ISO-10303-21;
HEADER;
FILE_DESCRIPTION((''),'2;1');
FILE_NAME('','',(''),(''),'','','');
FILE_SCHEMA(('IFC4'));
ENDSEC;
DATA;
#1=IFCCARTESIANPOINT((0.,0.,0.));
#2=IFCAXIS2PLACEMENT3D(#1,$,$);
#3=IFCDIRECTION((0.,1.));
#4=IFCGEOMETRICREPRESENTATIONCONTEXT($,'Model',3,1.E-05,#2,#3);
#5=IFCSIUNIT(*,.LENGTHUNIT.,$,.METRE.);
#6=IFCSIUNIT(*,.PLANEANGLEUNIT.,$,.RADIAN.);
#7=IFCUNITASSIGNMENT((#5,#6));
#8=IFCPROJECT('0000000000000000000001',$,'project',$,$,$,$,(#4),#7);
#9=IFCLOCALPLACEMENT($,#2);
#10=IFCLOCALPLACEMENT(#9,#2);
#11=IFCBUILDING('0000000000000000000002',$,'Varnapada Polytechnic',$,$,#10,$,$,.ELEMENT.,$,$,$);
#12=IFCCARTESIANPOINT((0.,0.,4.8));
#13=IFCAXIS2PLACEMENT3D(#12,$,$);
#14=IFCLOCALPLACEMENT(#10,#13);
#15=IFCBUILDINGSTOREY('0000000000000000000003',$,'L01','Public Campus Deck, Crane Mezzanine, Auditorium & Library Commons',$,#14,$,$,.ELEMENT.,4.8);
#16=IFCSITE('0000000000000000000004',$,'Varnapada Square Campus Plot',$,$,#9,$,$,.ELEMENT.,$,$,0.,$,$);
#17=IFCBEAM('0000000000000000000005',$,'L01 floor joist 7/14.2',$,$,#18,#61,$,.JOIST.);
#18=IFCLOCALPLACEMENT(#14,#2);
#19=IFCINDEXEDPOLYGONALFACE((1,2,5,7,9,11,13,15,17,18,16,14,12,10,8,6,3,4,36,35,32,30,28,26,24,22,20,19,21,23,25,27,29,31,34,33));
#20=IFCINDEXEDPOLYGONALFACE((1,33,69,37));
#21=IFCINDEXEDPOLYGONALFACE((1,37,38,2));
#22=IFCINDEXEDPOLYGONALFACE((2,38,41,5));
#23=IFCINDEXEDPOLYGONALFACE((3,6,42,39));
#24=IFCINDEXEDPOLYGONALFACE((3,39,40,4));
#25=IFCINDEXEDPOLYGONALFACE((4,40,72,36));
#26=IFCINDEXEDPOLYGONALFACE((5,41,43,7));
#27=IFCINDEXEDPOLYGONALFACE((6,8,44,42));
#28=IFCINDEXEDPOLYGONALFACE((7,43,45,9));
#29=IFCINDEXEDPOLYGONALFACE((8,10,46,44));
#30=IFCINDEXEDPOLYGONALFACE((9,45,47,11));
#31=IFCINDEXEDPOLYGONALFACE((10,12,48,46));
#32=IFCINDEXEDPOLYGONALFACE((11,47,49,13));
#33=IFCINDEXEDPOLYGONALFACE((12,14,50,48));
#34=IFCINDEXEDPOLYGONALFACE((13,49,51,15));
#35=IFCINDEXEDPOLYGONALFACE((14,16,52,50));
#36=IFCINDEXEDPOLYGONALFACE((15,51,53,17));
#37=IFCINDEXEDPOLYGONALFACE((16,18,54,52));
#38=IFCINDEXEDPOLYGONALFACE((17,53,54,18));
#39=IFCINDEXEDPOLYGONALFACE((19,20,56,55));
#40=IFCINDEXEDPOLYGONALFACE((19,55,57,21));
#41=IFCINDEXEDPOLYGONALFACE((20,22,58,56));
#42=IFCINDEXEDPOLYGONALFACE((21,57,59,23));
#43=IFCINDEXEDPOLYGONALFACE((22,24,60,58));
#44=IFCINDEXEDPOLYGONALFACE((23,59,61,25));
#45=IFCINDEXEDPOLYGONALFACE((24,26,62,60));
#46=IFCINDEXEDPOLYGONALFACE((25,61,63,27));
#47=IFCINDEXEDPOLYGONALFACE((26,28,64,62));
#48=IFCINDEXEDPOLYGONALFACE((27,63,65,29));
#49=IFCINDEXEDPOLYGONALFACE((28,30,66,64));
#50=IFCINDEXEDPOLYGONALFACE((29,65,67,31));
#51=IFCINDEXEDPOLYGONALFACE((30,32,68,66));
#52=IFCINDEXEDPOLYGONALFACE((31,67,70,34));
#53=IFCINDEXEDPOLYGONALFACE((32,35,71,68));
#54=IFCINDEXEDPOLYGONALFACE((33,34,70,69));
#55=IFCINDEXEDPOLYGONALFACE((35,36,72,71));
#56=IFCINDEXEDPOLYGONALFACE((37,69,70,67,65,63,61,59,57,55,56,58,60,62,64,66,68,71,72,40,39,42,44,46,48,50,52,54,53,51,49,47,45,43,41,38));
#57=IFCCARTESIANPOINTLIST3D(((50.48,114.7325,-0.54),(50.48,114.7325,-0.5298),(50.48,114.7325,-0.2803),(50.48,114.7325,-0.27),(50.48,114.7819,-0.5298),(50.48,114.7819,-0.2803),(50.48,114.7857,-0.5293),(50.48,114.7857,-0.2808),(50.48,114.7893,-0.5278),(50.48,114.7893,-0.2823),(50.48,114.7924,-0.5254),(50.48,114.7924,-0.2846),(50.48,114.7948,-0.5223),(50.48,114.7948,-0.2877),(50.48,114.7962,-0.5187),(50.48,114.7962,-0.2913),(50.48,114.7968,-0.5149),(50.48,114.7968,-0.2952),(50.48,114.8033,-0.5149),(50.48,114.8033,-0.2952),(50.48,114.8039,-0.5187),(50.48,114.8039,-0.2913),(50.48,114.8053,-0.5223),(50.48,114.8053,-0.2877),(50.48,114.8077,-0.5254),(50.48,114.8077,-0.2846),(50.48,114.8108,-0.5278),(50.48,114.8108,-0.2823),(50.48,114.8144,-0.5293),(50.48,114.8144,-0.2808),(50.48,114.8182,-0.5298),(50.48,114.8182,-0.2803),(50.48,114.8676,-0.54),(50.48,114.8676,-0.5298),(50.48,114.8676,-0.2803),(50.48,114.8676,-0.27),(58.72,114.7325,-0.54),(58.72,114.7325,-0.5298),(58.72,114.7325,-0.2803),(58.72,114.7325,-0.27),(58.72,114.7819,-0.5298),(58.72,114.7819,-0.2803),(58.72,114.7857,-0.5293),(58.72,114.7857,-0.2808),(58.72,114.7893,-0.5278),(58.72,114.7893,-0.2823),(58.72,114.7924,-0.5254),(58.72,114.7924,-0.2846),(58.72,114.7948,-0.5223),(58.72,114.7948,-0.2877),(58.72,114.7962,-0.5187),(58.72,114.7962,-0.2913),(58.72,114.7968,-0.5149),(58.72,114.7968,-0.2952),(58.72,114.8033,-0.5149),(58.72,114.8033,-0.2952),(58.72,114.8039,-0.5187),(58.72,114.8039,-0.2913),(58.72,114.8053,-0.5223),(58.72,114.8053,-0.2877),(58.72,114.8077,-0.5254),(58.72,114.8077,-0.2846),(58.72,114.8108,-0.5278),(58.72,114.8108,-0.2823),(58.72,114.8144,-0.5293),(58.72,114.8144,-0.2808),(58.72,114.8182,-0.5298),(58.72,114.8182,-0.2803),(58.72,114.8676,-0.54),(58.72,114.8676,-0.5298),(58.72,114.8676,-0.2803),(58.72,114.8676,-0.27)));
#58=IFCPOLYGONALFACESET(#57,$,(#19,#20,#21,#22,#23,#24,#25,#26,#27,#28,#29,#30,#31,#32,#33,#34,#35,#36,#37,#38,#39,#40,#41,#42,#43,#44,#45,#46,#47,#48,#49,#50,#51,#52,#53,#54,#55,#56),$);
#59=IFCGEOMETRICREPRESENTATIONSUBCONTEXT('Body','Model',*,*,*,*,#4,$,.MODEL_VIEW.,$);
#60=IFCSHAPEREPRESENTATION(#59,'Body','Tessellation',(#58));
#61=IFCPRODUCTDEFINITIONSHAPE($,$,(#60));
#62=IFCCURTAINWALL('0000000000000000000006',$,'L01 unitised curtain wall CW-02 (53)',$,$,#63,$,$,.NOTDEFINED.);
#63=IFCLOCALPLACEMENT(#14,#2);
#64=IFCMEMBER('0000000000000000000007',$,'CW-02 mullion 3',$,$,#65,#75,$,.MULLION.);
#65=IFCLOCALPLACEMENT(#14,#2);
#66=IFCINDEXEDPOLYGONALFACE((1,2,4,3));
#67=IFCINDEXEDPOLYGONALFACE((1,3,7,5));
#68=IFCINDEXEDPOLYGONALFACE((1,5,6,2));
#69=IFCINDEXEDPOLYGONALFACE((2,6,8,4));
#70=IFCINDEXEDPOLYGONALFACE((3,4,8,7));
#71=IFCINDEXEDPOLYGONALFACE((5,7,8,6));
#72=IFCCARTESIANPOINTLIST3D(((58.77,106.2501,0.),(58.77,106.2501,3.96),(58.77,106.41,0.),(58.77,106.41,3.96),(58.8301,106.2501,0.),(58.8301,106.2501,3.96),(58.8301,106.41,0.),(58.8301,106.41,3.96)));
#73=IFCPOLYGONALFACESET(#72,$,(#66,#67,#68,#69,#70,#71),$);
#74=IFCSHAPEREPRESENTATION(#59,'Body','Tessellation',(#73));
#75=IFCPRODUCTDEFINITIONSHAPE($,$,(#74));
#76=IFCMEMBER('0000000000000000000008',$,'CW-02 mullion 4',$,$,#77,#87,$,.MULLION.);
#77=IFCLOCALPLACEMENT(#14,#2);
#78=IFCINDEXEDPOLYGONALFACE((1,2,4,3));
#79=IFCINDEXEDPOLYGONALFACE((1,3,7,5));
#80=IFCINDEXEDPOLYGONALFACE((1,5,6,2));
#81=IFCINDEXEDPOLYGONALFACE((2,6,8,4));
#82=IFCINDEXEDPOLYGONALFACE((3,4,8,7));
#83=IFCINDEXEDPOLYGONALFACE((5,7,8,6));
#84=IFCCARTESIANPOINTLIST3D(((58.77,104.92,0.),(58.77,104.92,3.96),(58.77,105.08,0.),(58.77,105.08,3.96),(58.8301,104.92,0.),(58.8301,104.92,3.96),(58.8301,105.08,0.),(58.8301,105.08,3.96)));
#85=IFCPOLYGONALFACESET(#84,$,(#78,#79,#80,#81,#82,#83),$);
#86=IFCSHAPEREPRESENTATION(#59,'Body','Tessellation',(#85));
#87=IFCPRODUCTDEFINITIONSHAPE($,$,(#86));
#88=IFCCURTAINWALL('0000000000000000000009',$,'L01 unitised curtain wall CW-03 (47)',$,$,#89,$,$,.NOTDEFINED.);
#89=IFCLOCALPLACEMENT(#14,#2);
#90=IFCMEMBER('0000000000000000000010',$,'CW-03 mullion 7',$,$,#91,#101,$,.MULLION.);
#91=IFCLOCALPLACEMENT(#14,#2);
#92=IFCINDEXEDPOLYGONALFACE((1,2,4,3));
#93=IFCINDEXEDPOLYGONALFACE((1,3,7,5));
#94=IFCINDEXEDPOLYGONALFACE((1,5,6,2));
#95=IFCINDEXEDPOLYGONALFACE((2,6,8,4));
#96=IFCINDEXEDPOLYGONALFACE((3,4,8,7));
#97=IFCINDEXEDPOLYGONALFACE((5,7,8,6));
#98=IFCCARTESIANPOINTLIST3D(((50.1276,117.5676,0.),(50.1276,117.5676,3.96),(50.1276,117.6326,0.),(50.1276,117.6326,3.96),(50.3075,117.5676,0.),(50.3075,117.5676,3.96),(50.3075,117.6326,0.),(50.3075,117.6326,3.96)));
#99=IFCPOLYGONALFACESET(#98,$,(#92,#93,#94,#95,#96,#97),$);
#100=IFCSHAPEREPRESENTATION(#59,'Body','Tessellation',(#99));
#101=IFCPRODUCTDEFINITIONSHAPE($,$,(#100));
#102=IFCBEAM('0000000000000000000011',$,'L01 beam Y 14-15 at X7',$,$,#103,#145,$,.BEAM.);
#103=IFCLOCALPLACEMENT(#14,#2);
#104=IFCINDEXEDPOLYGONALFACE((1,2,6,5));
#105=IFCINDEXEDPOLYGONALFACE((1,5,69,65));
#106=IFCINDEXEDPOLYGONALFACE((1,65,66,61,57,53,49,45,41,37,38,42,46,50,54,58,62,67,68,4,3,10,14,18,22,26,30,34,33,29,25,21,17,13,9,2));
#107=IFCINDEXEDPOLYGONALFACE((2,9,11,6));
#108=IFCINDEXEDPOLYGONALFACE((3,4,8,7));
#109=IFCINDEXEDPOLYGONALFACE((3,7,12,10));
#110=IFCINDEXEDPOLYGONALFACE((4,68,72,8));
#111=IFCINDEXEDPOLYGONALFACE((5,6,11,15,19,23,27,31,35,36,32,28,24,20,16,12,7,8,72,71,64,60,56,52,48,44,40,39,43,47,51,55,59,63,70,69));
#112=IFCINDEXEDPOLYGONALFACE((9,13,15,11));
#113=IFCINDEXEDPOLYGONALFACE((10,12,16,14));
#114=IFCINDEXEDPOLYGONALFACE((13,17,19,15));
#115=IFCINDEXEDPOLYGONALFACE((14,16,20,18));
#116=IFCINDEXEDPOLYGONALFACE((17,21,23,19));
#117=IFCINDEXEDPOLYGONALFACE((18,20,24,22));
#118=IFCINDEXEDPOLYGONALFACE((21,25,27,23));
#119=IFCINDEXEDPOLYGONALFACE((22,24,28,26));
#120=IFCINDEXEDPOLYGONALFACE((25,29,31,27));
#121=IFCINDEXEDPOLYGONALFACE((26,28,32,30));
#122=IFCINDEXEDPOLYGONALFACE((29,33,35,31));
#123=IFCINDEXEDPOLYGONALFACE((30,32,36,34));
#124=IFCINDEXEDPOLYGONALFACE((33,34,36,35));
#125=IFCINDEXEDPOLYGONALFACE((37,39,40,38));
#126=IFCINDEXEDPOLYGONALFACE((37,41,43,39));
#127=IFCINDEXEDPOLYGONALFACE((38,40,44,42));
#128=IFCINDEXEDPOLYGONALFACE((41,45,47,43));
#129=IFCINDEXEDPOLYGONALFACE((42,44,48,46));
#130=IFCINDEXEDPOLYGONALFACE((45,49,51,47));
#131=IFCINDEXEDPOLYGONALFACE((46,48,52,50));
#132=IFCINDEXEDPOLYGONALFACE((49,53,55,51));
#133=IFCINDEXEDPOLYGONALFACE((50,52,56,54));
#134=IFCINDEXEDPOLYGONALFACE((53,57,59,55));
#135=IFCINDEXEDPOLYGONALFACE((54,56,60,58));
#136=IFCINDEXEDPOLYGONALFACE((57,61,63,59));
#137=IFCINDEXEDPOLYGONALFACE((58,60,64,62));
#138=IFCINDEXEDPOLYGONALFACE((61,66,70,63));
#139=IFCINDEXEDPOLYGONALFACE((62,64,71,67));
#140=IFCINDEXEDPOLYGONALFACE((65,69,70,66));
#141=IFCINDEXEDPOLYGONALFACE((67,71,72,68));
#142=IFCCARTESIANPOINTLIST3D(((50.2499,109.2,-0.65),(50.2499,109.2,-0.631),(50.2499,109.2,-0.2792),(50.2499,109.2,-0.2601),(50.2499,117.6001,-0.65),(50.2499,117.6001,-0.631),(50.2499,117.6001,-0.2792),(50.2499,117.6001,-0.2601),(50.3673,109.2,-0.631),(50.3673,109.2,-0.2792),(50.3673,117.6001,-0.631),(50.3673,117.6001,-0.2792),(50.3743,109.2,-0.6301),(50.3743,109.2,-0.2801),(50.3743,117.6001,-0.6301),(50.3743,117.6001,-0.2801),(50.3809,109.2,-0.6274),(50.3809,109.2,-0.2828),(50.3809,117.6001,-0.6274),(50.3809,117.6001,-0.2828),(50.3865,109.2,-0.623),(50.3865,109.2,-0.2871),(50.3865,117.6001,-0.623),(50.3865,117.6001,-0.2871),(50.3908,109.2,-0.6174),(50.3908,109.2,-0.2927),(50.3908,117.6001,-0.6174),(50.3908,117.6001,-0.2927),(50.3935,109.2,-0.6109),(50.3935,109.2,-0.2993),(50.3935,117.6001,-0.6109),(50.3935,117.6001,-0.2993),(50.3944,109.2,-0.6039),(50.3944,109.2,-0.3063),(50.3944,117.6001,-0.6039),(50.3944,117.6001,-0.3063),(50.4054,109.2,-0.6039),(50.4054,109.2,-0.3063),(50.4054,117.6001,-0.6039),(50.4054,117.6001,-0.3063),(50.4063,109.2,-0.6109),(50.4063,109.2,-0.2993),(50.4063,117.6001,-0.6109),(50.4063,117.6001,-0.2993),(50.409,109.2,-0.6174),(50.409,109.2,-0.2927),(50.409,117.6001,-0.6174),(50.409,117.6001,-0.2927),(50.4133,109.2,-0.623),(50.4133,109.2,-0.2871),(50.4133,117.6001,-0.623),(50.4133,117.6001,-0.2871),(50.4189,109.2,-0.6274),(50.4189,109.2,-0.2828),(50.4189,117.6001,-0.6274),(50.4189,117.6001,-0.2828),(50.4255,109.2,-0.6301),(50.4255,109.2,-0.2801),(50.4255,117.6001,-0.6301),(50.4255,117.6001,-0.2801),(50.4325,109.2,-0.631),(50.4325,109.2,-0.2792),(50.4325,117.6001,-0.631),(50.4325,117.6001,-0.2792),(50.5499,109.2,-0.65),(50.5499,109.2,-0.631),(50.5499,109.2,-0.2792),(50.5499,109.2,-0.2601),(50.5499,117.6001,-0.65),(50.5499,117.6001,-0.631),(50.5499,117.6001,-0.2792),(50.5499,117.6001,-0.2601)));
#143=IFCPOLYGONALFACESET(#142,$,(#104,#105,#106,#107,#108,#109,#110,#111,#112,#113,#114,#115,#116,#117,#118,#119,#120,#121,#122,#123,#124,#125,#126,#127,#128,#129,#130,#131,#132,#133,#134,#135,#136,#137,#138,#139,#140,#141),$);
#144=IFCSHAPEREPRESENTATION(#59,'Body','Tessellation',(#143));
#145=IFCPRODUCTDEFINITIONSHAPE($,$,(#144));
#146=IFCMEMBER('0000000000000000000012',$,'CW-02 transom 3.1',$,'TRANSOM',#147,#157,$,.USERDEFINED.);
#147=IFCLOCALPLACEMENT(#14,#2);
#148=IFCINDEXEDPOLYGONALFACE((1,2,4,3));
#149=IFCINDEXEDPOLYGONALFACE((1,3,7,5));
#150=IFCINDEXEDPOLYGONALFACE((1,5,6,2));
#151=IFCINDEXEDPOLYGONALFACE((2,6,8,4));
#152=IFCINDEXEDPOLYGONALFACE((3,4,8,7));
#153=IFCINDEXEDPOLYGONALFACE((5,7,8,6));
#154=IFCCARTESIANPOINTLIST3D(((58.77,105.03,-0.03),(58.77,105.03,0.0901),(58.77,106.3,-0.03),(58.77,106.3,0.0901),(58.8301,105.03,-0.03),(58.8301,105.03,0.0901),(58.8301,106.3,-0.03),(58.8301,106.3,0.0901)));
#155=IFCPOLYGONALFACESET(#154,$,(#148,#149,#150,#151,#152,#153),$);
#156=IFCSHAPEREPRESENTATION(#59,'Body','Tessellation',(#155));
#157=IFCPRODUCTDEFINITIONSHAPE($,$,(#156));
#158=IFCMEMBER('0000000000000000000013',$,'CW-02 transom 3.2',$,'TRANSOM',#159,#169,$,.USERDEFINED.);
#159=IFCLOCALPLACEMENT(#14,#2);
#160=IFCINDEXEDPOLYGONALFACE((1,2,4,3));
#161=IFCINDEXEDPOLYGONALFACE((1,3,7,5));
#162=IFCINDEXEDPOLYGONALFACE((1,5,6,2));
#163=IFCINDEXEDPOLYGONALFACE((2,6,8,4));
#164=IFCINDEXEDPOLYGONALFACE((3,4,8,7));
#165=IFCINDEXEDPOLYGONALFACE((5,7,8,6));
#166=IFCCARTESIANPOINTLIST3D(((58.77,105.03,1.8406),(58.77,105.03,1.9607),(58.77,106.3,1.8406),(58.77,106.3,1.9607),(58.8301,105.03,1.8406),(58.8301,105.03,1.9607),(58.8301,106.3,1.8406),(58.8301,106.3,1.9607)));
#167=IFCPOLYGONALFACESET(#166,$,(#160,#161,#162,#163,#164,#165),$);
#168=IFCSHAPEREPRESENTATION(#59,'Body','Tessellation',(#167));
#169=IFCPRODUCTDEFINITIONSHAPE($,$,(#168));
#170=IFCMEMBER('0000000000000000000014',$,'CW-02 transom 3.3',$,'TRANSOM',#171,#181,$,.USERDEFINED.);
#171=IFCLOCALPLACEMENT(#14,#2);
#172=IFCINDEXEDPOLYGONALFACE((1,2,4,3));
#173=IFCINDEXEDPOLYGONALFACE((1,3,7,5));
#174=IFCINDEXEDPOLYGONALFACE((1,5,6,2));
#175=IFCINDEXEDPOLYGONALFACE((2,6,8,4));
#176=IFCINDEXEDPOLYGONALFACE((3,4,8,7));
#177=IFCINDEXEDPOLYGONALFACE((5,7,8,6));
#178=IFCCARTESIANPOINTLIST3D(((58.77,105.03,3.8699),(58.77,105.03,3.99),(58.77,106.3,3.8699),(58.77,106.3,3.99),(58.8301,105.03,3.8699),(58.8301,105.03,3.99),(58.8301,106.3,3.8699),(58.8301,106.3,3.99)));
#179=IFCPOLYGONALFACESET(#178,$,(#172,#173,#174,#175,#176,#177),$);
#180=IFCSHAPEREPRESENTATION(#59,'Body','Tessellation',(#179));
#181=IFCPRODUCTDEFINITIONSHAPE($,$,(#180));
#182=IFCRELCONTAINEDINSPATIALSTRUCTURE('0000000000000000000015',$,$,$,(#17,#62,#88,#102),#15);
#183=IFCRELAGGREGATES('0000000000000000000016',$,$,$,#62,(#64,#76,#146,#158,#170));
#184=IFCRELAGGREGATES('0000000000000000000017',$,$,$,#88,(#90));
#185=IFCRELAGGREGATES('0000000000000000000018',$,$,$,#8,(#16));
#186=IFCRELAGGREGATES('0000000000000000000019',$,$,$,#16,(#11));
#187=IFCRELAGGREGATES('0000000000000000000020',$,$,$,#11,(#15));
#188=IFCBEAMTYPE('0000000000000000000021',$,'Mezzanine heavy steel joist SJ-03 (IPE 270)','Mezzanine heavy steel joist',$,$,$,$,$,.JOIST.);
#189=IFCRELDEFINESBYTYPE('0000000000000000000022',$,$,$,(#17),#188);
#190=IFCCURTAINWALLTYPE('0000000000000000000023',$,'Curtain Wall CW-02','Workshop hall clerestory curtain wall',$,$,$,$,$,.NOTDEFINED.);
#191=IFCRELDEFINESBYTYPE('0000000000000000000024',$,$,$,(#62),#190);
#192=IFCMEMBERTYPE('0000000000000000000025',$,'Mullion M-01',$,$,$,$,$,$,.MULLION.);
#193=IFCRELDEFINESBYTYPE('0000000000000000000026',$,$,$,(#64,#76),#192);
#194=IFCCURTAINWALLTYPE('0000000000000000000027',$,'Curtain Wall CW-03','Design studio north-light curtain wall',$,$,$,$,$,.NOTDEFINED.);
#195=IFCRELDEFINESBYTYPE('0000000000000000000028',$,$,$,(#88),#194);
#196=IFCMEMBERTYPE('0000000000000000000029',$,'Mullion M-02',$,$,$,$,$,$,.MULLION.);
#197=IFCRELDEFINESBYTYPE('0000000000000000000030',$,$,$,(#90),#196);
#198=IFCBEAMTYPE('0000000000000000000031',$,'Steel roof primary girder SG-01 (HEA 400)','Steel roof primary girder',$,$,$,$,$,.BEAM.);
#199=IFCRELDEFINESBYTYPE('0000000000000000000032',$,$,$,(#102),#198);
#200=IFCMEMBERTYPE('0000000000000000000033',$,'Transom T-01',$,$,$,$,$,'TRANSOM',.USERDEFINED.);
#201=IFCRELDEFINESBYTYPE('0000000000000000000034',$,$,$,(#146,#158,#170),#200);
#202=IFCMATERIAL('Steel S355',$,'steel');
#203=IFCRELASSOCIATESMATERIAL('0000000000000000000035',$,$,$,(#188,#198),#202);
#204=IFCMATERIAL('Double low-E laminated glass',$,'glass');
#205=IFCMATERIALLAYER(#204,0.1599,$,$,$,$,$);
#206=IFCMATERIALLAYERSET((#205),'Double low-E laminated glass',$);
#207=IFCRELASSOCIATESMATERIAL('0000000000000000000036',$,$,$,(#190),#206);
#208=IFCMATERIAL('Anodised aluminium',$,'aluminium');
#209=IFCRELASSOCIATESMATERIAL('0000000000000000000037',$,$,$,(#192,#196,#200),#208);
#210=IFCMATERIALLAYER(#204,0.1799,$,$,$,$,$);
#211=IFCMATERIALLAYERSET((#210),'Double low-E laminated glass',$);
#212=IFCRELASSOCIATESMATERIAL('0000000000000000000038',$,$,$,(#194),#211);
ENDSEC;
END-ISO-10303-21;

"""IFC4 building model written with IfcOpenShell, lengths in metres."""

from ifc_helpers import new_model, si_unit, direction, frame, origin, origin_2d, place, context, subcontext, project, spatial, rectangle, i_section, extrude, material, layer, layer_set, material_profile, profile_set, type_object, element, aggregate, save


model = new_model("IFC4")

# Units and contexts
model_context = context("Model", 3, precision=1e-05, world=origin(), true_north=direction((0.0, 1.0)))
body_context = subcontext(model_context, "Body", "Model", "MODEL_VIEW")
ifc_project = project(units=[si_unit("LENGTHUNIT", "METRE"), si_unit("PLANEANGLEUNIT", "RADIAN")], contexts=[model_context])

# Site, building, storey
site_placement = place(None, origin())
site = spatial("IfcSite", under=ifc_project, at=site_placement, Name="Varnapada Square Campus Plot", CompositionType="ELEMENT", RefElevation=0.0)
building_placement = place(site_placement, origin())
building = spatial("IfcBuilding", under=site, at=building_placement, Name="Varnapada Polytechnic", CompositionType="ELEMENT")
storey_placement = place(building_placement, frame((0.0, 0.0, 4.8)))
storey = spatial("IfcBuildingStorey", under=building, at=storey_placement, Name="L01", Description="Public Campus Deck, Crane Mezzanine, Auditorium & Library Commons", CompositionType="ELEMENT", Elevation=4.8)

# Shared definitions
ifc_material_1 = material(Name="Steel S355", Category="steel")

# Beam
ifc_material_profile_1 = material_profile(ifc_material_1, i_section(OverallWidth=0.135, OverallDepth=0.27, WebThickness=0.0066, FlangeThickness=0.0103, FilletRadius=0.0149, at=origin_2d()), Name="IPE 270")
ifc_profile_set_1 = profile_set([ifc_material_profile_1], Name="Steel S355")
beam_type_1 = type_object("IfcBeamType", Name="Mezzanine heavy steel joist SJ-03 (IPE 270)", Description="Mezzanine heavy steel joist", PredefinedType="JOIST", material=ifc_profile_set_1)
for number, where, z_axis, x_axis, name in (
    (1, (50.48, 114.8, -0.405), (1.0, 0.0, 0.0), (0.0, 1.0, 0.0), "L01 floor joist 7/14.2"),
):
    element("IfcBeam", number, at=place(storey_placement, frame(where, z_axis=z_axis, x_axis=x_axis)), inside=storey, type_object=beam_type_1, Name=name, PredefinedType="JOIST", context=body_context, shape_type="SweptSolid", body=[
        extrude(i_section(OverallWidth=0.135, OverallDepth=0.27, WebThickness=0.0066, FlangeThickness=0.0103, FilletRadius=0.0149, at=origin_2d()), origin(), (0.0, 0.0, 1.0), 8.24),
    ])

# Curtain wall, members
ifc_material_2 = material(Name="Double low-E laminated glass", Category="glass")
ifc_layer_1 = layer(ifc_material_2, 0.1599)
ifc_layer_set_1 = layer_set([ifc_layer_1], Name="Double low-E laminated glass")
curtain_wall_type_1 = type_object("IfcCurtainWallType", Name="Curtain Wall CW-02", Description="Workshop hall clerestory curtain wall", PredefinedType="NOTDEFINED", material=ifc_layer_set_1)
curtain_wall_1_placement = place(storey_placement, origin())
curtain_wall_1 = element("IfcCurtainWall", 2, at=curtain_wall_1_placement, inside=storey, type_object=curtain_wall_type_1, Name="L01 unitised curtain wall CW-02 (53)", PredefinedType="NOTDEFINED")
ifc_material_3 = material(Name="Anodised aluminium", Category="aluminium")
ifc_material_profile_2 = material_profile(ifc_material_3, rectangle(XDim=0.0601, YDim=0.1599, at=origin_2d()), Name="ALU M60x160")
ifc_profile_set_2 = profile_set([ifc_material_profile_2], Name="Anodised aluminium")
member_type_1 = type_object("IfcMemberType", Name="Mullion M-01", PredefinedType="MULLION", material=ifc_profile_set_2)
member_1_placement = place(storey_placement, frame((58.8, 106.3301, 0.0), z_axis=(0.0, 0.0, 1.0), x_axis=(1.0, 0.0, 0.0)))
member_1 = element("IfcMember", 3, at=member_1_placement, type_object=member_type_1, Name="CW-02 mullion 3", PredefinedType="MULLION", context=body_context, shape_type="SweptSolid", body=[
    extrude(rectangle(XDim=0.0601, YDim=0.1599, at=origin_2d()), origin(), (0.0, 0.0, 1.0), 3.96),
])
member_2_placement = place(storey_placement, frame((58.8, 105.0, 0.0), z_axis=(0.0, 0.0, 1.0), x_axis=(1.0, 0.0, 0.0)))
member_2 = element("IfcMember", 4, at=member_2_placement, type_object=member_type_1, Name="CW-02 mullion 4", PredefinedType="MULLION", context=body_context, shape_type="SweptSolid", body=[
    extrude(rectangle(XDim=0.0601, YDim=0.1599, at=origin_2d()), origin(), (0.0, 0.0, 1.0), 3.96),
])

# Curtain wall, member
ifc_layer_2 = layer(ifc_material_2, 0.1799)
ifc_layer_set_2 = layer_set([ifc_layer_2], Name="Double low-E laminated glass")
curtain_wall_type_2 = type_object("IfcCurtainWallType", Name="Curtain Wall CW-03", Description="Design studio north-light curtain wall", PredefinedType="NOTDEFINED", material=ifc_layer_set_2)
curtain_wall_2_placement = place(storey_placement, origin())
curtain_wall_2 = element("IfcCurtainWall", 5, at=curtain_wall_2_placement, inside=storey, type_object=curtain_wall_type_2, Name="L01 unitised curtain wall CW-03 (47)", PredefinedType="NOTDEFINED")
ifc_material_profile_3 = material_profile(ifc_material_3, rectangle(XDim=0.0649, YDim=0.1799, at=origin_2d()), Name="ALU M65x180")
ifc_profile_set_3 = profile_set([ifc_material_profile_3], Name="Anodised aluminium")
member_type_2 = type_object("IfcMemberType", Name="Mullion M-02", PredefinedType="MULLION", material=ifc_profile_set_3)
member_3_placement = place(storey_placement, frame((50.2175, 117.6001, 0.0), z_axis=(0.0, 0.0, 1.0), x_axis=(0.0, 1.0, 0.0)))
member_3 = element("IfcMember", 6, at=member_3_placement, type_object=member_type_2, Name="CW-03 mullion 7", PredefinedType="MULLION", context=body_context, shape_type="SweptSolid", body=[
    extrude(rectangle(XDim=0.0649, YDim=0.1799, at=origin_2d()), origin(), (0.0, 0.0, 1.0), 3.96),
])

# Beam
ifc_material_profile_4 = material_profile(ifc_material_1, i_section(OverallWidth=0.3, OverallDepth=0.3899, WebThickness=0.011, FlangeThickness=0.019, FilletRadius=0.0271, at=origin_2d()), Name="HEA 400")
ifc_profile_set_4 = profile_set([ifc_material_profile_4], Name="Steel S355")
beam_type_2 = type_object("IfcBeamType", Name="Steel roof primary girder SG-01 (HEA 400)", Description="Steel roof primary girder", PredefinedType="BEAM", material=ifc_profile_set_4)
beam_1_placement = place(storey_placement, frame((50.3999, 109.2, -0.4551), z_axis=(0.0, 1.0, 0.0), x_axis=(-1.0, 0.0, 0.0)))
element("IfcBeam", 7, at=beam_1_placement, inside=storey, type_object=beam_type_2, Name="L01 beam Y 14-15 at X7", PredefinedType="BEAM", context=body_context, shape_type="SweptSolid", body=[
    extrude(i_section(OverallWidth=0.3, OverallDepth=0.3899, WebThickness=0.011, FlangeThickness=0.019, FilletRadius=0.0271, at=origin_2d()), origin(), (0.0, 0.0, 1.0), 8.4001),
])

# Members
ifc_material_profile_5 = material_profile(ifc_material_3, rectangle(XDim=0.0601, YDim=0.1201, at=origin_2d()), Name="ALU T60x120")
ifc_profile_set_5 = profile_set([ifc_material_profile_5], Name="Anodised aluminium")
member_type_3 = type_object("IfcMemberType", Name="Transom T-01", ElementType="TRANSOM", PredefinedType="USERDEFINED", material=ifc_profile_set_5)
member_4_placement = place(storey_placement, frame((58.8, 106.3, 0.03), z_axis=(0.0, -1.0, 0.0), x_axis=(1.0, 0.0, 0.0)))
member_4 = element("IfcMember", 8, at=member_4_placement, type_object=member_type_3, Name="CW-02 transom 3.1", ObjectType="TRANSOM", PredefinedType="USERDEFINED", context=body_context, shape_type="SweptSolid", body=[
    extrude(rectangle(XDim=0.0601, YDim=0.1201, at=origin_2d()), origin(), (0.0, 0.0, 1.0), 1.27),
])
member_5_placement = place(storey_placement, frame((58.8, 106.3, 1.9006), z_axis=(0.0, -1.0, 0.0), x_axis=(1.0, 0.0, 0.0)))
member_5 = element("IfcMember", 9, at=member_5_placement, type_object=member_type_3, Name="CW-02 transom 3.2", ObjectType="TRANSOM", PredefinedType="USERDEFINED", context=body_context, shape_type="SweptSolid", body=[
    extrude(rectangle(XDim=0.0601, YDim=0.1201, at=origin_2d()), origin(), (0.0, 0.0, 1.0), 1.27),
])
member_6_placement = place(storey_placement, frame((58.8, 106.3, 3.9299), z_axis=(0.0, -1.0, 0.0), x_axis=(1.0, 0.0, 0.0)))
member_6 = element("IfcMember", 10, at=member_6_placement, type_object=member_type_3, Name="CW-02 transom 3.3", ObjectType="TRANSOM", PredefinedType="USERDEFINED", context=body_context, shape_type="SweptSolid", body=[
    extrude(rectangle(XDim=0.0601, YDim=0.1201, at=origin_2d()), origin(), (0.0, 0.0, 1.0), 1.27),
])

aggregate(curtain_wall_1, [member_1, member_2, member_4, member_5, member_6])
aggregate(curtain_wall_2, [member_3])

save(model, "model.ifc")
